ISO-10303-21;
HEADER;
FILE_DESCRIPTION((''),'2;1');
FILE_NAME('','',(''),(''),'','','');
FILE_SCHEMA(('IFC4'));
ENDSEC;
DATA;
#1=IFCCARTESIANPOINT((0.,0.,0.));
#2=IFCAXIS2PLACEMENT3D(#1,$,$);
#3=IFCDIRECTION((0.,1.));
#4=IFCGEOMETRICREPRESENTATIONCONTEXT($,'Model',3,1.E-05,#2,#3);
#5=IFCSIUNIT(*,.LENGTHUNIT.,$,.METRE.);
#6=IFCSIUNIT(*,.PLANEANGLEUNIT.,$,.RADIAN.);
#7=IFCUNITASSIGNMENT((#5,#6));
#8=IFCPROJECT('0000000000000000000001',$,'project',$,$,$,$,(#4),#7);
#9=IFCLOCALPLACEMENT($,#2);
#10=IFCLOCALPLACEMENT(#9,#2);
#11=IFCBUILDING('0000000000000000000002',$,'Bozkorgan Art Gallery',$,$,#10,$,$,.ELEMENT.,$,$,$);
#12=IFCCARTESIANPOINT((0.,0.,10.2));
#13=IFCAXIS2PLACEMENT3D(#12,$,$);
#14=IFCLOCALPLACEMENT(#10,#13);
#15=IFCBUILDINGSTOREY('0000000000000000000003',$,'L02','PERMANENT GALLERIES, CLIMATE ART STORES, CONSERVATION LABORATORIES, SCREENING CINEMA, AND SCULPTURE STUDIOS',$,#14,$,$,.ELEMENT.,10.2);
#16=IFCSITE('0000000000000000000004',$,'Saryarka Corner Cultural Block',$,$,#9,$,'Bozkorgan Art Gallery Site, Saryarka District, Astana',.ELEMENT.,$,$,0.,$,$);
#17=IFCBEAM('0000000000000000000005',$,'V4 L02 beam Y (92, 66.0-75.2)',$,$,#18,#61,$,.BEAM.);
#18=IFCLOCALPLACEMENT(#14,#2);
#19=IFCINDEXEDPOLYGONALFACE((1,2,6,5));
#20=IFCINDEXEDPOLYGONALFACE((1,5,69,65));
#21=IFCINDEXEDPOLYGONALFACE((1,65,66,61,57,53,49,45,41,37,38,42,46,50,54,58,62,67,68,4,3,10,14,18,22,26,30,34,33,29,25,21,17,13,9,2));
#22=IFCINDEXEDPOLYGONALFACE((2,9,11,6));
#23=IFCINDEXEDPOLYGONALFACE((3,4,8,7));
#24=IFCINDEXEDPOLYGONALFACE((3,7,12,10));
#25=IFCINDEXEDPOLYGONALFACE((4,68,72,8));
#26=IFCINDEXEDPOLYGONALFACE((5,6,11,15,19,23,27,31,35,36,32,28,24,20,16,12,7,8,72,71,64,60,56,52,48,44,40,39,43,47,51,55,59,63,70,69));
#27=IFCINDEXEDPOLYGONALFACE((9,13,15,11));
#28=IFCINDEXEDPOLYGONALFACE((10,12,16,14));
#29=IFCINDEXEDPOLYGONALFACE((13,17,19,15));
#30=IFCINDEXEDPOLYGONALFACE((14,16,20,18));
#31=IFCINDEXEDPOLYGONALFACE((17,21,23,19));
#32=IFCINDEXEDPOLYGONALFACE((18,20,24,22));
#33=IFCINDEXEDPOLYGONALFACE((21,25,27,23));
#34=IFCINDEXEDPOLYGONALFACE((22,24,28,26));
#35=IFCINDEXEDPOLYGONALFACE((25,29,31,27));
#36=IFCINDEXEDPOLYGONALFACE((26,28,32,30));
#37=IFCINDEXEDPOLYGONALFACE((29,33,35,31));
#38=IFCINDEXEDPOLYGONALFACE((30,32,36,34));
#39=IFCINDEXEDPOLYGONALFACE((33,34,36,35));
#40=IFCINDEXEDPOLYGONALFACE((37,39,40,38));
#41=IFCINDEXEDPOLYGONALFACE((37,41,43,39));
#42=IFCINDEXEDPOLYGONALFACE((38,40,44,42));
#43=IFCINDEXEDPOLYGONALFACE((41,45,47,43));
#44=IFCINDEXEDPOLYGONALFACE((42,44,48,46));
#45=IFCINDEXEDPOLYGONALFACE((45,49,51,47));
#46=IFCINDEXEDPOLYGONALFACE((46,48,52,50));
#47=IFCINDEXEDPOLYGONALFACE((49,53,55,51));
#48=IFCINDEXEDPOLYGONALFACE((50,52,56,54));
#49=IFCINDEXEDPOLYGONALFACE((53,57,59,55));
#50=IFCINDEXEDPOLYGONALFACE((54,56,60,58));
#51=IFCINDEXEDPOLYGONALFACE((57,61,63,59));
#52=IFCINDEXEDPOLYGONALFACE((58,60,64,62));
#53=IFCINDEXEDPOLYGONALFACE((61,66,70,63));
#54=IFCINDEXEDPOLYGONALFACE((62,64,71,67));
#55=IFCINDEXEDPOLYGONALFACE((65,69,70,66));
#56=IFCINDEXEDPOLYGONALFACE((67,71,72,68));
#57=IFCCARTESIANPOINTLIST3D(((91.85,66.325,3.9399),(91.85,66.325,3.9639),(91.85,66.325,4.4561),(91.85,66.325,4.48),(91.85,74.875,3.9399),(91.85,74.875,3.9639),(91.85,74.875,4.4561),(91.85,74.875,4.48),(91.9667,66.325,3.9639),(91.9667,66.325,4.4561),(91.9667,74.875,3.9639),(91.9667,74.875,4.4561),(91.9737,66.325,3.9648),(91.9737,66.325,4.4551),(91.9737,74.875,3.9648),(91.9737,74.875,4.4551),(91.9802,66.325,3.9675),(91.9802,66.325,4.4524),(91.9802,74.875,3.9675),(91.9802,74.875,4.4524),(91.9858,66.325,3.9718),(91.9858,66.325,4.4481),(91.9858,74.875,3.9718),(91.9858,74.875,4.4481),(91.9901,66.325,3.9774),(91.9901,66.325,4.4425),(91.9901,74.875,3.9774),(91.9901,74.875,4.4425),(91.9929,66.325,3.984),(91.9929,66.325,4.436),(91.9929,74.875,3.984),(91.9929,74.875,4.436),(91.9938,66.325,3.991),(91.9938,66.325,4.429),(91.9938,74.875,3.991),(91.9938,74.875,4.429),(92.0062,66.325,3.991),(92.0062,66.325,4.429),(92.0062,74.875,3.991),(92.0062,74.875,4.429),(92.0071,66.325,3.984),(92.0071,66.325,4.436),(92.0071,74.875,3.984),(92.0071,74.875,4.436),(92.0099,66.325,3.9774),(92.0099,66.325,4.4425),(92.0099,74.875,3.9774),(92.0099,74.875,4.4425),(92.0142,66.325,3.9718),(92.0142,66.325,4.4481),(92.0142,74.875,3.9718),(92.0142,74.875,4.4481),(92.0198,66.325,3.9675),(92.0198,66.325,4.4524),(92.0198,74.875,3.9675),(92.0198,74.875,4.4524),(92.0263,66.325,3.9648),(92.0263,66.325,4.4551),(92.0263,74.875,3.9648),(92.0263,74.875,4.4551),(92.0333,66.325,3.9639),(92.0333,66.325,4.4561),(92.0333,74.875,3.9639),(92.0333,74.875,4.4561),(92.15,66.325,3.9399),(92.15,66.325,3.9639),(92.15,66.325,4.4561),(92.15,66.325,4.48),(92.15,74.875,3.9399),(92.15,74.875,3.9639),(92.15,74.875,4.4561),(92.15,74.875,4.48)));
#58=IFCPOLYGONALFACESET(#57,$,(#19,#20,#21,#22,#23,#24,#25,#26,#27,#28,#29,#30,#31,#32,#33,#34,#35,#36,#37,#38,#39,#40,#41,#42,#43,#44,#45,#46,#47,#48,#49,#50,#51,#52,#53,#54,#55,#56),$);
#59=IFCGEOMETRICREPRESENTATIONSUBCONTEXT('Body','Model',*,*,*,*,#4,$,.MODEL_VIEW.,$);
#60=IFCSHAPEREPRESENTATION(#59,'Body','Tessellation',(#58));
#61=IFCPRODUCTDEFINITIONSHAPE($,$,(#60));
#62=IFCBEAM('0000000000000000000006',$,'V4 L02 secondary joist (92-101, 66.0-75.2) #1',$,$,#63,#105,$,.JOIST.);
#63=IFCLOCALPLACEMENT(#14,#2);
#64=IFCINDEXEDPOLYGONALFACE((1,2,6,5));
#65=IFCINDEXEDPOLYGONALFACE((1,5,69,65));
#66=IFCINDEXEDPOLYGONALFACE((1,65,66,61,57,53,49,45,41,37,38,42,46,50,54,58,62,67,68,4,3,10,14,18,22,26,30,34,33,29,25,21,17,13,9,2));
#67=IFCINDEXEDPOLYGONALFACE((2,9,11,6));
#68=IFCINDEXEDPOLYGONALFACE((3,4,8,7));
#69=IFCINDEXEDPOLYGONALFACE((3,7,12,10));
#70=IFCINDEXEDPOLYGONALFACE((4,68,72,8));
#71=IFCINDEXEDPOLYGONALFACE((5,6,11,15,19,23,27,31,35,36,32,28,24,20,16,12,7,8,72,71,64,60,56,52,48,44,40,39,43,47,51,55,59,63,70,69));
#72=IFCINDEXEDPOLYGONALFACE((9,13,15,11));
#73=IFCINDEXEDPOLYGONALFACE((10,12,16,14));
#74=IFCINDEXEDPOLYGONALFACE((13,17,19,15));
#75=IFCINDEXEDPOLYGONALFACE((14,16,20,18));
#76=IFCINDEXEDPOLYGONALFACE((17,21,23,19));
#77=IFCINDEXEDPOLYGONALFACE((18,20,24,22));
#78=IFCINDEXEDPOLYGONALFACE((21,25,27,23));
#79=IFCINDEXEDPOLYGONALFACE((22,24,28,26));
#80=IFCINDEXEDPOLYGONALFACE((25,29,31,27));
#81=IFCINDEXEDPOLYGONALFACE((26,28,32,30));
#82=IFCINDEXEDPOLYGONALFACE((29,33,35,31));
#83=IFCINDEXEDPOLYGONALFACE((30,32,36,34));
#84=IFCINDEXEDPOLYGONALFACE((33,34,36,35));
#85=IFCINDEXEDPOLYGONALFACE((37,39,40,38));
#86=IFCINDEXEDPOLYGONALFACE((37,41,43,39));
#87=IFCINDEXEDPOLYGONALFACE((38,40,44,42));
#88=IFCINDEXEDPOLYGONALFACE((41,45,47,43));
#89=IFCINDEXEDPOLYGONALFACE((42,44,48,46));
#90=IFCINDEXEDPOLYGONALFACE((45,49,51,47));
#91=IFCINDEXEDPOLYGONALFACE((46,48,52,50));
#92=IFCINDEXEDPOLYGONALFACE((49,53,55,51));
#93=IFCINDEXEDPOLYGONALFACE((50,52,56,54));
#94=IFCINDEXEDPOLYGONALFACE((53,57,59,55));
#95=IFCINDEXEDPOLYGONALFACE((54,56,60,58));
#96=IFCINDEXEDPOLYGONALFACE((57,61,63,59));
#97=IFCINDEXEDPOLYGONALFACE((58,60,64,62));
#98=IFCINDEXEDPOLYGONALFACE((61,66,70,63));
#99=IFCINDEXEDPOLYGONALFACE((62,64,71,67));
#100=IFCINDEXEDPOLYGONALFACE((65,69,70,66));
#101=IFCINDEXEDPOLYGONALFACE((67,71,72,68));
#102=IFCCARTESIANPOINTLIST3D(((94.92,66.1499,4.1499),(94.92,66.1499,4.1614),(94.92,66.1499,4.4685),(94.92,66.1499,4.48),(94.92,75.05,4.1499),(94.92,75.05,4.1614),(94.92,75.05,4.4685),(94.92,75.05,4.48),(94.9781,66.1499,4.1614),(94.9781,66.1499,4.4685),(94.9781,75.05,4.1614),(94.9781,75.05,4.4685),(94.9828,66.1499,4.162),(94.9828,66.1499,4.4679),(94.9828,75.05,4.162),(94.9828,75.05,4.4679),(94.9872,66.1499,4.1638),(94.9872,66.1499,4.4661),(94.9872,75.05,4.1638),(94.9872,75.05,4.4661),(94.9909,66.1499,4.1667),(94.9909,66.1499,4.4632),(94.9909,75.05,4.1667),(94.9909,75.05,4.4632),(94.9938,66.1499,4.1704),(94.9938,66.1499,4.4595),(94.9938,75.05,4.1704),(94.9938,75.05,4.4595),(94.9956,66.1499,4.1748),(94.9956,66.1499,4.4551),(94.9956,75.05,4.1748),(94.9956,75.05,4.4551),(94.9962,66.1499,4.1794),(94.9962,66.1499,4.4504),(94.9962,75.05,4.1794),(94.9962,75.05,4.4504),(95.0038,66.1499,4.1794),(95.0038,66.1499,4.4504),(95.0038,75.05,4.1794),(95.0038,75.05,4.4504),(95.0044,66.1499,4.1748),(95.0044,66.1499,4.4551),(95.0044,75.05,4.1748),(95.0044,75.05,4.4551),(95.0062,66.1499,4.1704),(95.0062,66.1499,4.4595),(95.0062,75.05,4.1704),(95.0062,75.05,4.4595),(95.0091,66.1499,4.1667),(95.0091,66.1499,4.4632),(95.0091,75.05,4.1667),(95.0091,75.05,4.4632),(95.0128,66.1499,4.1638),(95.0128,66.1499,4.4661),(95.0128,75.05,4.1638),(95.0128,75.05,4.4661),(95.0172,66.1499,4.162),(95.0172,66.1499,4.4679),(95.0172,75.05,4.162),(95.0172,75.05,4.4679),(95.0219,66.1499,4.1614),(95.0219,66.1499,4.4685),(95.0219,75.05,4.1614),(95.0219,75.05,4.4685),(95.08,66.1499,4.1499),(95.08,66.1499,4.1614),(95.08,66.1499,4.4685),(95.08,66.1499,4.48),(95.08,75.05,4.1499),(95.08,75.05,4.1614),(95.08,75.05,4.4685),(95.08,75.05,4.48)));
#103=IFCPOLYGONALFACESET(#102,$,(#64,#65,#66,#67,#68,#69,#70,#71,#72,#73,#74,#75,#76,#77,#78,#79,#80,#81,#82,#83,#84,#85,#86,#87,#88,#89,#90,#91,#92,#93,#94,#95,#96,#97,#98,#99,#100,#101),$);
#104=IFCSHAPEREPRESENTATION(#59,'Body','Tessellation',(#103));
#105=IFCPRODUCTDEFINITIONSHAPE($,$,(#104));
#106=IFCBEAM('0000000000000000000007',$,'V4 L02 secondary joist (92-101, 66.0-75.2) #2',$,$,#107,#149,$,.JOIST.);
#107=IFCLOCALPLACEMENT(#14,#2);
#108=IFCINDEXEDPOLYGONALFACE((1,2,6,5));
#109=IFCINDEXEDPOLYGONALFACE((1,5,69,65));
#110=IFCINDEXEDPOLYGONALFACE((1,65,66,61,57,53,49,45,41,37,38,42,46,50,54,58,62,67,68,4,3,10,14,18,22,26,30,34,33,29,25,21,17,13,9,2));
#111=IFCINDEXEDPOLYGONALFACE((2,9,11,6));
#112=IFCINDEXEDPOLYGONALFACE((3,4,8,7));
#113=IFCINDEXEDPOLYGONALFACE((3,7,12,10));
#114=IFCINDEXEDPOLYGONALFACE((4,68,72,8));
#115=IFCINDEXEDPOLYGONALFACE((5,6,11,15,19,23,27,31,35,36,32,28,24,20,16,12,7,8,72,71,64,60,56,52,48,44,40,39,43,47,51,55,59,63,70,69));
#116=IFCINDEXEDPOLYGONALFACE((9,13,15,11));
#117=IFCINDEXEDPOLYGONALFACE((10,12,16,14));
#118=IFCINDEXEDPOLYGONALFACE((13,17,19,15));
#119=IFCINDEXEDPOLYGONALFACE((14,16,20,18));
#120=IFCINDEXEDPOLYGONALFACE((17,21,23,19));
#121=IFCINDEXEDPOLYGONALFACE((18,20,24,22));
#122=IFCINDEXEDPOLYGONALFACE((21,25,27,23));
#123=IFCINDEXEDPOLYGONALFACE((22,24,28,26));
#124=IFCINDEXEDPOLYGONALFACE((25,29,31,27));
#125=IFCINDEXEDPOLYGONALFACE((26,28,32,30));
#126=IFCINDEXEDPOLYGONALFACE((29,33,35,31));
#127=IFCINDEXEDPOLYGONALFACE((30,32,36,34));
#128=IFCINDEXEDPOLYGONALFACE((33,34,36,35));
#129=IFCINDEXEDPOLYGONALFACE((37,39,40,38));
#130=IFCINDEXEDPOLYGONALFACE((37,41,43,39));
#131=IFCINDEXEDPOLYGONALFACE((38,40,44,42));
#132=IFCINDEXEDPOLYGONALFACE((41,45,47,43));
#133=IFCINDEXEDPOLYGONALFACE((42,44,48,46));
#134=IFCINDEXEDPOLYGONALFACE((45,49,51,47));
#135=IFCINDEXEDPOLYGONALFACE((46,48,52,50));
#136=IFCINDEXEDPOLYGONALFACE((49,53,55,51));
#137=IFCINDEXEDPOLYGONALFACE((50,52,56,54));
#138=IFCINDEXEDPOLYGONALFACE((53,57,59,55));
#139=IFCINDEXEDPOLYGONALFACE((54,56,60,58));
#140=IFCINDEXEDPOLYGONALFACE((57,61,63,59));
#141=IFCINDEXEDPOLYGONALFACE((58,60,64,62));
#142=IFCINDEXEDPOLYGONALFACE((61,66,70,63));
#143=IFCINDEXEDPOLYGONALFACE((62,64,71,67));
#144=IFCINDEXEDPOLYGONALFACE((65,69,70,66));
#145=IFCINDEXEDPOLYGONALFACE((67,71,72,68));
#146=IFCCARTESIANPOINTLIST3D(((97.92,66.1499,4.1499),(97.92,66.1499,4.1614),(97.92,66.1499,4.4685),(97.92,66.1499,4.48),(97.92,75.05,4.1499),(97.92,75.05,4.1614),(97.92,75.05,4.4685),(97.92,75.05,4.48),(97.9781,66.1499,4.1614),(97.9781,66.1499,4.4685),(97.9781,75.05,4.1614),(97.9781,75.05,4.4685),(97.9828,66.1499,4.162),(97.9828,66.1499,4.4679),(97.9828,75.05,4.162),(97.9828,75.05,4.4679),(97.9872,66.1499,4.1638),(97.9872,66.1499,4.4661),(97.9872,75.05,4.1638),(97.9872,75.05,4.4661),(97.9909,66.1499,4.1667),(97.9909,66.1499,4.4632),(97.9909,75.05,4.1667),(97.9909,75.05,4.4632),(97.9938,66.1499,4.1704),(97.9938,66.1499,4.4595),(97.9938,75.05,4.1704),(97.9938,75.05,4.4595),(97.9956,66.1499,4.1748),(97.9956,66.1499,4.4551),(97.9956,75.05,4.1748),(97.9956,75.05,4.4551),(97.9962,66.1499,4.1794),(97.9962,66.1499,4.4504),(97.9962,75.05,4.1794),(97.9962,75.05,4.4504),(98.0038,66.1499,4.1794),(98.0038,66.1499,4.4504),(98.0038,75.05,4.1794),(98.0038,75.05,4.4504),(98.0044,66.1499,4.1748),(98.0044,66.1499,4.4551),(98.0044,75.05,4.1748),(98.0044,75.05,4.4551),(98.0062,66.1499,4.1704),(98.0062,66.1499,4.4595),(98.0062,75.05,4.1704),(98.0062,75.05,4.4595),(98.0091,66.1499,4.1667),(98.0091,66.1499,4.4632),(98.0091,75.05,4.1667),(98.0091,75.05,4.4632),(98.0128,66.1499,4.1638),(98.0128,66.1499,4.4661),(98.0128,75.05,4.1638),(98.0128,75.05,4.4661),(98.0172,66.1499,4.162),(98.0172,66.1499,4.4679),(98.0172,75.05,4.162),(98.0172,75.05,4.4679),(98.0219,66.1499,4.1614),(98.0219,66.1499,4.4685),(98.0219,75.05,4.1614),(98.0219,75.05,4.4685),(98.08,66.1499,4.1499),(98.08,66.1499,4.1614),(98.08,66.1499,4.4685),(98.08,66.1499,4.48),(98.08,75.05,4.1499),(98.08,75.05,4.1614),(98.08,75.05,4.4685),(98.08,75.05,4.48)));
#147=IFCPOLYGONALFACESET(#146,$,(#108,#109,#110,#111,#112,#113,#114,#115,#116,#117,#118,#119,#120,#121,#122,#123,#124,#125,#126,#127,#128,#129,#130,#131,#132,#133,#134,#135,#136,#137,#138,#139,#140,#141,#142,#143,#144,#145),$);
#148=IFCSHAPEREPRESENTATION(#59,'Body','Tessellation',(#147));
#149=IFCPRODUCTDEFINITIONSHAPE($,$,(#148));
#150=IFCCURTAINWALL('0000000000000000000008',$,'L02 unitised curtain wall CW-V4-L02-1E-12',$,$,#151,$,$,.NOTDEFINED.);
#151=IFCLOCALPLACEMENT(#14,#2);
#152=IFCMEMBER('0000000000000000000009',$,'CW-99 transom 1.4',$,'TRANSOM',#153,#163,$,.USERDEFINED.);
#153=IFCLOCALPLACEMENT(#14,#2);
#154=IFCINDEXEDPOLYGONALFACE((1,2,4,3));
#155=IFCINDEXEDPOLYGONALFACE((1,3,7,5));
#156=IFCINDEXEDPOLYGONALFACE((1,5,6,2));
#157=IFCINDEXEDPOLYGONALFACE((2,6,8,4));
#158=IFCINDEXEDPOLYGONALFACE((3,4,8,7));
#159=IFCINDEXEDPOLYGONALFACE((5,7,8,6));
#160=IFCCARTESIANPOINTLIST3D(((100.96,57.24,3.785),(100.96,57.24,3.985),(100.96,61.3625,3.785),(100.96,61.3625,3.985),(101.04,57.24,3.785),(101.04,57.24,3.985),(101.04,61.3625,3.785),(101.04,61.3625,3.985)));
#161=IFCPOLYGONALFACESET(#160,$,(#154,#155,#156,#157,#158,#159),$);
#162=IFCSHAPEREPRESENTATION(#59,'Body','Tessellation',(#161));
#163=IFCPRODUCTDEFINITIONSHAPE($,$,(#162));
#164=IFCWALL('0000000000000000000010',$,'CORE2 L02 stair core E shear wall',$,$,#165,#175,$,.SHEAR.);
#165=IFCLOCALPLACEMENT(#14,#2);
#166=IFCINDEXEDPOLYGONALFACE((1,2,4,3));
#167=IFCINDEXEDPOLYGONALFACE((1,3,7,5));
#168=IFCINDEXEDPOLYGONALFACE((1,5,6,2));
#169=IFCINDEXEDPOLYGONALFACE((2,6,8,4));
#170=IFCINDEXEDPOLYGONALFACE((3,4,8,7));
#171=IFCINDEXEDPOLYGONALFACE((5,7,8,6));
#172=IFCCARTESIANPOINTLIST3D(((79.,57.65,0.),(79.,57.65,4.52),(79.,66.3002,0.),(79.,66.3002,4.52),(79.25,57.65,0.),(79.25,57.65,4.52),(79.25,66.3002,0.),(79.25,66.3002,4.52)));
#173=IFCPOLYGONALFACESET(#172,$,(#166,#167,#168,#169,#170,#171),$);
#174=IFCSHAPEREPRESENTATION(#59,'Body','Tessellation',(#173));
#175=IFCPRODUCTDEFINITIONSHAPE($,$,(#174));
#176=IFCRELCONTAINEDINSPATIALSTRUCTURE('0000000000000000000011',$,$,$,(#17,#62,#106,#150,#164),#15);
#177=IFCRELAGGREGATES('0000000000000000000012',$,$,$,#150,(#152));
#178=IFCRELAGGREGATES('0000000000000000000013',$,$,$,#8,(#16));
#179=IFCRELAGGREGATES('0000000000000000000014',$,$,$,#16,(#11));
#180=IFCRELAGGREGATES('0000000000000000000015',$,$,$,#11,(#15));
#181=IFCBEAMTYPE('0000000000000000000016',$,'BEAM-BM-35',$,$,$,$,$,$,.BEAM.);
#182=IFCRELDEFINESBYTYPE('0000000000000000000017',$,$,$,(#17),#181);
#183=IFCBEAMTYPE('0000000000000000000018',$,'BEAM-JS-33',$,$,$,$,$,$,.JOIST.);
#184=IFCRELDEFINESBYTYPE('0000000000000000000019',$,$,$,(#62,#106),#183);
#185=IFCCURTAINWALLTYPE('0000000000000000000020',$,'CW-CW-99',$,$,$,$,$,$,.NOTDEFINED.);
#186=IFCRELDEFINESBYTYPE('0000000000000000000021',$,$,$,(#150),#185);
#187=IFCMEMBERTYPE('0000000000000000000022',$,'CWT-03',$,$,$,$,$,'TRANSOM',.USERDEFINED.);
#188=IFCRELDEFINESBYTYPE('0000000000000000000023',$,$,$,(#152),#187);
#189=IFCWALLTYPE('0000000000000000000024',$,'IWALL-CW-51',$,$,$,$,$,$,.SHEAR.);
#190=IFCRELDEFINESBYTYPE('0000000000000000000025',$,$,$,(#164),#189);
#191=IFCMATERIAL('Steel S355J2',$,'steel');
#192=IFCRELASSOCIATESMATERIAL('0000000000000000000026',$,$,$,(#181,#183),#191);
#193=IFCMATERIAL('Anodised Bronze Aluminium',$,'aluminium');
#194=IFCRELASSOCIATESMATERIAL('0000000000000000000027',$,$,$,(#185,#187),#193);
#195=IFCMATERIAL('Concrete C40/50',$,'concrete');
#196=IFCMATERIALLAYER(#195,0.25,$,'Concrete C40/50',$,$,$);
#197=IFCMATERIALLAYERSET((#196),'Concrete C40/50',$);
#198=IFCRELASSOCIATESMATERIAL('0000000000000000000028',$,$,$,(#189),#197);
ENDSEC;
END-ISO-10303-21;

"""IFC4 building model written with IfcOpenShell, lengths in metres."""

from ifc_helpers import new_model, si_unit, direction, frame, frame_2d, origin, origin_2d, place, context, subcontext, project, spatial, rectangle, i_section, extrude, material, layer, layer_set, material_profile, profile_set, type_object, element, aggregate, save


model = new_model("IFC4")

# Units and contexts
model_context = context("Model", 3, precision=1e-05, world=origin(), true_north=direction((0.0, 1.0)))
body_context = subcontext(model_context, "Body", "Model", "MODEL_VIEW")
ifc_project = project(units=[si_unit("LENGTHUNIT", "METRE"), si_unit("PLANEANGLEUNIT", "RADIAN")], contexts=[model_context])

# Site, building, storey
site_placement = place(None, origin())
site = spatial("IfcSite", under=ifc_project, at=site_placement, Name="Saryarka Corner Cultural Block", LongName="Bozkorgan Art Gallery Site, Saryarka District, Astana", CompositionType="ELEMENT", RefElevation=0.0)
building_placement = place(site_placement, origin())
building = spatial("IfcBuilding", under=site, at=building_placement, Name="Bozkorgan Art Gallery", CompositionType="ELEMENT")
storey_placement = place(building_placement, frame((0.0, 0.0, 10.2)))
storey = spatial("IfcBuildingStorey", under=building, at=storey_placement, Name="L02", Description="PERMANENT GALLERIES, CLIMATE ART STORES, CONSERVATION LABORATORIES, SCREENING CINEMA, AND SCULPTURE STUDIOS", CompositionType="ELEMENT", Elevation=10.2)

# Shared definitions
ifc_material_1 = material(Name="Concrete C40/50", Category="concrete")

# Beams
ifc_material_2 = material(Name="Steel S355J2", Category="steel")
ifc_material_profile_1 = material_profile(ifc_material_2, i_section(OverallWidth=0.3, OverallDepth=0.54, WebThickness=0.0125, FlangeThickness=0.0239, FilletRadius=0.0271, at=origin_2d()), Name="HEA 550")
ifc_profile_set_1 = profile_set([ifc_material_profile_1], Name="Steel S355J2")
beam_type_1 = type_object("IfcBeamType", Name="BEAM-BM-35", PredefinedType="BEAM", material=ifc_profile_set_1)
for number, where, z_axis, x_axis, name in (
    (1, (92.0, 66.325, 4.21), (0.0, 1.0, 0.0), (-1.0, 0.0, 0.0), "V4 L02 beam Y (92, 66.0-75.2)"),
):
    element("IfcBeam", number, at=place(storey_placement, frame(where, z_axis=z_axis, x_axis=x_axis)), inside=storey, type_object=beam_type_1, Name=name, PredefinedType="BEAM", context=body_context, shape_type="SweptSolid", body=[
        extrude(i_section(OverallWidth=0.3, OverallDepth=0.54, WebThickness=0.0125, FlangeThickness=0.0239, FilletRadius=0.0271, at=origin_2d()), origin(), (0.0, 0.0, 1.0), 8.55),
    ])
ifc_material_profile_2 = material_profile(ifc_material_2, i_section(OverallWidth=0.1599, OverallDepth=0.3301, WebThickness=0.0076, FlangeThickness=0.0115, FilletRadius=0.0181, at=origin_2d()), Name="IPE 330")
ifc_profile_set_2 = profile_set([ifc_material_profile_2], Name="Steel S355J2")
beam_type_2 = type_object("IfcBeamType", Name="BEAM-JS-33", PredefinedType="JOIST", material=ifc_profile_set_2)
for number, where, z_axis, x_axis, name in (
    (2, (95.0, 66.1499, 4.3149), (0.0, 1.0, 0.0), (-1.0, 0.0, 0.0), "V4 L02 secondary joist (92-101, 66.0-75.2) #1"),
    (3, (98.0, 66.1499, 4.3149), (0.0, 1.0, 0.0), (-1.0, 0.0, 0.0), "V4 L02 secondary joist (92-101, 66.0-75.2) #2"),
):
    element("IfcBeam", number, at=place(storey_placement, frame(where, z_axis=z_axis, x_axis=x_axis)), inside=storey, type_object=beam_type_2, Name=name, PredefinedType="JOIST", context=body_context, shape_type="SweptSolid", body=[
        extrude(i_section(OverallWidth=0.1599, OverallDepth=0.3301, WebThickness=0.0076, FlangeThickness=0.0115, FilletRadius=0.0181, at=origin_2d()), origin(), (0.0, 0.0, 1.0), 8.9001),
    ])

# Curtain wall, member
ifc_material_3 = material(Name="Anodised Bronze Aluminium", Category="aluminium")
curtain_wall_type = type_object("IfcCurtainWallType", Name="CW-CW-99", PredefinedType="NOTDEFINED", material=ifc_material_3)
curtain_wall_placement = place(storey_placement, origin())
curtain_wall = element("IfcCurtainWall", 4, at=curtain_wall_placement, inside=storey, type_object=curtain_wall_type, Name="L02 unitised curtain wall CW-V4-L02-1E-12", PredefinedType="NOTDEFINED")
ifc_material_profile_3 = material_profile(ifc_material_3, rectangle(XDim=0.0801, YDim=0.2, at=origin_2d()), Name="ALU TRANSOM 80x200")
ifc_profile_set_3 = profile_set([ifc_material_profile_3], Name="Anodised Bronze Aluminium")
member_type = type_object("IfcMemberType", Name="CWT-03", ElementType="TRANSOM", PredefinedType="USERDEFINED", material=ifc_profile_set_3)
member_placement = place(storey_placement, frame((101.0, 57.24, 3.885), z_axis=(0.0, 1.0, 0.0), x_axis=(-1.0, 0.0, 0.0)))
member = element("IfcMember", 5, at=member_placement, type_object=member_type, Name="CW-99 transom 1.4", ObjectType="TRANSOM", PredefinedType="USERDEFINED", context=body_context, shape_type="SweptSolid", body=[
    extrude(rectangle(XDim=0.0801, YDim=0.2, at=origin_2d()), origin(), (0.0, 0.0, 1.0), 4.1226),
])
aggregate(curtain_wall, [member])

# Wall
ifc_layer_1 = layer(ifc_material_1, 0.25, Name="Concrete C40/50")
ifc_layer_set_1 = layer_set([ifc_layer_1], Name="Concrete C40/50")
wall_type_1 = type_object("IfcWallType", Name="IWALL-CW-51", PredefinedType="SHEAR", material=ifc_layer_set_1)
wall_1_placement = place(storey_placement, frame((79.125, 57.6499, 0.0), z_axis=(0.0, 0.0, 1.0), x_axis=(0.0, 1.0, 0.0)))
element("IfcWall", 6, at=wall_1_placement, inside=storey, type_object=wall_type_1, Name="CORE2 L02 stair core E shear wall", PredefinedType="SHEAR", context=body_context, shape_type="SweptSolid", body=[
    extrude(rectangle(XDim=8.6501, YDim=0.25, at=frame_2d((4.3252, 0.0))), origin(), (0.0, 0.0, 1.0), 4.52),
])

save(model, "model.ifc")
